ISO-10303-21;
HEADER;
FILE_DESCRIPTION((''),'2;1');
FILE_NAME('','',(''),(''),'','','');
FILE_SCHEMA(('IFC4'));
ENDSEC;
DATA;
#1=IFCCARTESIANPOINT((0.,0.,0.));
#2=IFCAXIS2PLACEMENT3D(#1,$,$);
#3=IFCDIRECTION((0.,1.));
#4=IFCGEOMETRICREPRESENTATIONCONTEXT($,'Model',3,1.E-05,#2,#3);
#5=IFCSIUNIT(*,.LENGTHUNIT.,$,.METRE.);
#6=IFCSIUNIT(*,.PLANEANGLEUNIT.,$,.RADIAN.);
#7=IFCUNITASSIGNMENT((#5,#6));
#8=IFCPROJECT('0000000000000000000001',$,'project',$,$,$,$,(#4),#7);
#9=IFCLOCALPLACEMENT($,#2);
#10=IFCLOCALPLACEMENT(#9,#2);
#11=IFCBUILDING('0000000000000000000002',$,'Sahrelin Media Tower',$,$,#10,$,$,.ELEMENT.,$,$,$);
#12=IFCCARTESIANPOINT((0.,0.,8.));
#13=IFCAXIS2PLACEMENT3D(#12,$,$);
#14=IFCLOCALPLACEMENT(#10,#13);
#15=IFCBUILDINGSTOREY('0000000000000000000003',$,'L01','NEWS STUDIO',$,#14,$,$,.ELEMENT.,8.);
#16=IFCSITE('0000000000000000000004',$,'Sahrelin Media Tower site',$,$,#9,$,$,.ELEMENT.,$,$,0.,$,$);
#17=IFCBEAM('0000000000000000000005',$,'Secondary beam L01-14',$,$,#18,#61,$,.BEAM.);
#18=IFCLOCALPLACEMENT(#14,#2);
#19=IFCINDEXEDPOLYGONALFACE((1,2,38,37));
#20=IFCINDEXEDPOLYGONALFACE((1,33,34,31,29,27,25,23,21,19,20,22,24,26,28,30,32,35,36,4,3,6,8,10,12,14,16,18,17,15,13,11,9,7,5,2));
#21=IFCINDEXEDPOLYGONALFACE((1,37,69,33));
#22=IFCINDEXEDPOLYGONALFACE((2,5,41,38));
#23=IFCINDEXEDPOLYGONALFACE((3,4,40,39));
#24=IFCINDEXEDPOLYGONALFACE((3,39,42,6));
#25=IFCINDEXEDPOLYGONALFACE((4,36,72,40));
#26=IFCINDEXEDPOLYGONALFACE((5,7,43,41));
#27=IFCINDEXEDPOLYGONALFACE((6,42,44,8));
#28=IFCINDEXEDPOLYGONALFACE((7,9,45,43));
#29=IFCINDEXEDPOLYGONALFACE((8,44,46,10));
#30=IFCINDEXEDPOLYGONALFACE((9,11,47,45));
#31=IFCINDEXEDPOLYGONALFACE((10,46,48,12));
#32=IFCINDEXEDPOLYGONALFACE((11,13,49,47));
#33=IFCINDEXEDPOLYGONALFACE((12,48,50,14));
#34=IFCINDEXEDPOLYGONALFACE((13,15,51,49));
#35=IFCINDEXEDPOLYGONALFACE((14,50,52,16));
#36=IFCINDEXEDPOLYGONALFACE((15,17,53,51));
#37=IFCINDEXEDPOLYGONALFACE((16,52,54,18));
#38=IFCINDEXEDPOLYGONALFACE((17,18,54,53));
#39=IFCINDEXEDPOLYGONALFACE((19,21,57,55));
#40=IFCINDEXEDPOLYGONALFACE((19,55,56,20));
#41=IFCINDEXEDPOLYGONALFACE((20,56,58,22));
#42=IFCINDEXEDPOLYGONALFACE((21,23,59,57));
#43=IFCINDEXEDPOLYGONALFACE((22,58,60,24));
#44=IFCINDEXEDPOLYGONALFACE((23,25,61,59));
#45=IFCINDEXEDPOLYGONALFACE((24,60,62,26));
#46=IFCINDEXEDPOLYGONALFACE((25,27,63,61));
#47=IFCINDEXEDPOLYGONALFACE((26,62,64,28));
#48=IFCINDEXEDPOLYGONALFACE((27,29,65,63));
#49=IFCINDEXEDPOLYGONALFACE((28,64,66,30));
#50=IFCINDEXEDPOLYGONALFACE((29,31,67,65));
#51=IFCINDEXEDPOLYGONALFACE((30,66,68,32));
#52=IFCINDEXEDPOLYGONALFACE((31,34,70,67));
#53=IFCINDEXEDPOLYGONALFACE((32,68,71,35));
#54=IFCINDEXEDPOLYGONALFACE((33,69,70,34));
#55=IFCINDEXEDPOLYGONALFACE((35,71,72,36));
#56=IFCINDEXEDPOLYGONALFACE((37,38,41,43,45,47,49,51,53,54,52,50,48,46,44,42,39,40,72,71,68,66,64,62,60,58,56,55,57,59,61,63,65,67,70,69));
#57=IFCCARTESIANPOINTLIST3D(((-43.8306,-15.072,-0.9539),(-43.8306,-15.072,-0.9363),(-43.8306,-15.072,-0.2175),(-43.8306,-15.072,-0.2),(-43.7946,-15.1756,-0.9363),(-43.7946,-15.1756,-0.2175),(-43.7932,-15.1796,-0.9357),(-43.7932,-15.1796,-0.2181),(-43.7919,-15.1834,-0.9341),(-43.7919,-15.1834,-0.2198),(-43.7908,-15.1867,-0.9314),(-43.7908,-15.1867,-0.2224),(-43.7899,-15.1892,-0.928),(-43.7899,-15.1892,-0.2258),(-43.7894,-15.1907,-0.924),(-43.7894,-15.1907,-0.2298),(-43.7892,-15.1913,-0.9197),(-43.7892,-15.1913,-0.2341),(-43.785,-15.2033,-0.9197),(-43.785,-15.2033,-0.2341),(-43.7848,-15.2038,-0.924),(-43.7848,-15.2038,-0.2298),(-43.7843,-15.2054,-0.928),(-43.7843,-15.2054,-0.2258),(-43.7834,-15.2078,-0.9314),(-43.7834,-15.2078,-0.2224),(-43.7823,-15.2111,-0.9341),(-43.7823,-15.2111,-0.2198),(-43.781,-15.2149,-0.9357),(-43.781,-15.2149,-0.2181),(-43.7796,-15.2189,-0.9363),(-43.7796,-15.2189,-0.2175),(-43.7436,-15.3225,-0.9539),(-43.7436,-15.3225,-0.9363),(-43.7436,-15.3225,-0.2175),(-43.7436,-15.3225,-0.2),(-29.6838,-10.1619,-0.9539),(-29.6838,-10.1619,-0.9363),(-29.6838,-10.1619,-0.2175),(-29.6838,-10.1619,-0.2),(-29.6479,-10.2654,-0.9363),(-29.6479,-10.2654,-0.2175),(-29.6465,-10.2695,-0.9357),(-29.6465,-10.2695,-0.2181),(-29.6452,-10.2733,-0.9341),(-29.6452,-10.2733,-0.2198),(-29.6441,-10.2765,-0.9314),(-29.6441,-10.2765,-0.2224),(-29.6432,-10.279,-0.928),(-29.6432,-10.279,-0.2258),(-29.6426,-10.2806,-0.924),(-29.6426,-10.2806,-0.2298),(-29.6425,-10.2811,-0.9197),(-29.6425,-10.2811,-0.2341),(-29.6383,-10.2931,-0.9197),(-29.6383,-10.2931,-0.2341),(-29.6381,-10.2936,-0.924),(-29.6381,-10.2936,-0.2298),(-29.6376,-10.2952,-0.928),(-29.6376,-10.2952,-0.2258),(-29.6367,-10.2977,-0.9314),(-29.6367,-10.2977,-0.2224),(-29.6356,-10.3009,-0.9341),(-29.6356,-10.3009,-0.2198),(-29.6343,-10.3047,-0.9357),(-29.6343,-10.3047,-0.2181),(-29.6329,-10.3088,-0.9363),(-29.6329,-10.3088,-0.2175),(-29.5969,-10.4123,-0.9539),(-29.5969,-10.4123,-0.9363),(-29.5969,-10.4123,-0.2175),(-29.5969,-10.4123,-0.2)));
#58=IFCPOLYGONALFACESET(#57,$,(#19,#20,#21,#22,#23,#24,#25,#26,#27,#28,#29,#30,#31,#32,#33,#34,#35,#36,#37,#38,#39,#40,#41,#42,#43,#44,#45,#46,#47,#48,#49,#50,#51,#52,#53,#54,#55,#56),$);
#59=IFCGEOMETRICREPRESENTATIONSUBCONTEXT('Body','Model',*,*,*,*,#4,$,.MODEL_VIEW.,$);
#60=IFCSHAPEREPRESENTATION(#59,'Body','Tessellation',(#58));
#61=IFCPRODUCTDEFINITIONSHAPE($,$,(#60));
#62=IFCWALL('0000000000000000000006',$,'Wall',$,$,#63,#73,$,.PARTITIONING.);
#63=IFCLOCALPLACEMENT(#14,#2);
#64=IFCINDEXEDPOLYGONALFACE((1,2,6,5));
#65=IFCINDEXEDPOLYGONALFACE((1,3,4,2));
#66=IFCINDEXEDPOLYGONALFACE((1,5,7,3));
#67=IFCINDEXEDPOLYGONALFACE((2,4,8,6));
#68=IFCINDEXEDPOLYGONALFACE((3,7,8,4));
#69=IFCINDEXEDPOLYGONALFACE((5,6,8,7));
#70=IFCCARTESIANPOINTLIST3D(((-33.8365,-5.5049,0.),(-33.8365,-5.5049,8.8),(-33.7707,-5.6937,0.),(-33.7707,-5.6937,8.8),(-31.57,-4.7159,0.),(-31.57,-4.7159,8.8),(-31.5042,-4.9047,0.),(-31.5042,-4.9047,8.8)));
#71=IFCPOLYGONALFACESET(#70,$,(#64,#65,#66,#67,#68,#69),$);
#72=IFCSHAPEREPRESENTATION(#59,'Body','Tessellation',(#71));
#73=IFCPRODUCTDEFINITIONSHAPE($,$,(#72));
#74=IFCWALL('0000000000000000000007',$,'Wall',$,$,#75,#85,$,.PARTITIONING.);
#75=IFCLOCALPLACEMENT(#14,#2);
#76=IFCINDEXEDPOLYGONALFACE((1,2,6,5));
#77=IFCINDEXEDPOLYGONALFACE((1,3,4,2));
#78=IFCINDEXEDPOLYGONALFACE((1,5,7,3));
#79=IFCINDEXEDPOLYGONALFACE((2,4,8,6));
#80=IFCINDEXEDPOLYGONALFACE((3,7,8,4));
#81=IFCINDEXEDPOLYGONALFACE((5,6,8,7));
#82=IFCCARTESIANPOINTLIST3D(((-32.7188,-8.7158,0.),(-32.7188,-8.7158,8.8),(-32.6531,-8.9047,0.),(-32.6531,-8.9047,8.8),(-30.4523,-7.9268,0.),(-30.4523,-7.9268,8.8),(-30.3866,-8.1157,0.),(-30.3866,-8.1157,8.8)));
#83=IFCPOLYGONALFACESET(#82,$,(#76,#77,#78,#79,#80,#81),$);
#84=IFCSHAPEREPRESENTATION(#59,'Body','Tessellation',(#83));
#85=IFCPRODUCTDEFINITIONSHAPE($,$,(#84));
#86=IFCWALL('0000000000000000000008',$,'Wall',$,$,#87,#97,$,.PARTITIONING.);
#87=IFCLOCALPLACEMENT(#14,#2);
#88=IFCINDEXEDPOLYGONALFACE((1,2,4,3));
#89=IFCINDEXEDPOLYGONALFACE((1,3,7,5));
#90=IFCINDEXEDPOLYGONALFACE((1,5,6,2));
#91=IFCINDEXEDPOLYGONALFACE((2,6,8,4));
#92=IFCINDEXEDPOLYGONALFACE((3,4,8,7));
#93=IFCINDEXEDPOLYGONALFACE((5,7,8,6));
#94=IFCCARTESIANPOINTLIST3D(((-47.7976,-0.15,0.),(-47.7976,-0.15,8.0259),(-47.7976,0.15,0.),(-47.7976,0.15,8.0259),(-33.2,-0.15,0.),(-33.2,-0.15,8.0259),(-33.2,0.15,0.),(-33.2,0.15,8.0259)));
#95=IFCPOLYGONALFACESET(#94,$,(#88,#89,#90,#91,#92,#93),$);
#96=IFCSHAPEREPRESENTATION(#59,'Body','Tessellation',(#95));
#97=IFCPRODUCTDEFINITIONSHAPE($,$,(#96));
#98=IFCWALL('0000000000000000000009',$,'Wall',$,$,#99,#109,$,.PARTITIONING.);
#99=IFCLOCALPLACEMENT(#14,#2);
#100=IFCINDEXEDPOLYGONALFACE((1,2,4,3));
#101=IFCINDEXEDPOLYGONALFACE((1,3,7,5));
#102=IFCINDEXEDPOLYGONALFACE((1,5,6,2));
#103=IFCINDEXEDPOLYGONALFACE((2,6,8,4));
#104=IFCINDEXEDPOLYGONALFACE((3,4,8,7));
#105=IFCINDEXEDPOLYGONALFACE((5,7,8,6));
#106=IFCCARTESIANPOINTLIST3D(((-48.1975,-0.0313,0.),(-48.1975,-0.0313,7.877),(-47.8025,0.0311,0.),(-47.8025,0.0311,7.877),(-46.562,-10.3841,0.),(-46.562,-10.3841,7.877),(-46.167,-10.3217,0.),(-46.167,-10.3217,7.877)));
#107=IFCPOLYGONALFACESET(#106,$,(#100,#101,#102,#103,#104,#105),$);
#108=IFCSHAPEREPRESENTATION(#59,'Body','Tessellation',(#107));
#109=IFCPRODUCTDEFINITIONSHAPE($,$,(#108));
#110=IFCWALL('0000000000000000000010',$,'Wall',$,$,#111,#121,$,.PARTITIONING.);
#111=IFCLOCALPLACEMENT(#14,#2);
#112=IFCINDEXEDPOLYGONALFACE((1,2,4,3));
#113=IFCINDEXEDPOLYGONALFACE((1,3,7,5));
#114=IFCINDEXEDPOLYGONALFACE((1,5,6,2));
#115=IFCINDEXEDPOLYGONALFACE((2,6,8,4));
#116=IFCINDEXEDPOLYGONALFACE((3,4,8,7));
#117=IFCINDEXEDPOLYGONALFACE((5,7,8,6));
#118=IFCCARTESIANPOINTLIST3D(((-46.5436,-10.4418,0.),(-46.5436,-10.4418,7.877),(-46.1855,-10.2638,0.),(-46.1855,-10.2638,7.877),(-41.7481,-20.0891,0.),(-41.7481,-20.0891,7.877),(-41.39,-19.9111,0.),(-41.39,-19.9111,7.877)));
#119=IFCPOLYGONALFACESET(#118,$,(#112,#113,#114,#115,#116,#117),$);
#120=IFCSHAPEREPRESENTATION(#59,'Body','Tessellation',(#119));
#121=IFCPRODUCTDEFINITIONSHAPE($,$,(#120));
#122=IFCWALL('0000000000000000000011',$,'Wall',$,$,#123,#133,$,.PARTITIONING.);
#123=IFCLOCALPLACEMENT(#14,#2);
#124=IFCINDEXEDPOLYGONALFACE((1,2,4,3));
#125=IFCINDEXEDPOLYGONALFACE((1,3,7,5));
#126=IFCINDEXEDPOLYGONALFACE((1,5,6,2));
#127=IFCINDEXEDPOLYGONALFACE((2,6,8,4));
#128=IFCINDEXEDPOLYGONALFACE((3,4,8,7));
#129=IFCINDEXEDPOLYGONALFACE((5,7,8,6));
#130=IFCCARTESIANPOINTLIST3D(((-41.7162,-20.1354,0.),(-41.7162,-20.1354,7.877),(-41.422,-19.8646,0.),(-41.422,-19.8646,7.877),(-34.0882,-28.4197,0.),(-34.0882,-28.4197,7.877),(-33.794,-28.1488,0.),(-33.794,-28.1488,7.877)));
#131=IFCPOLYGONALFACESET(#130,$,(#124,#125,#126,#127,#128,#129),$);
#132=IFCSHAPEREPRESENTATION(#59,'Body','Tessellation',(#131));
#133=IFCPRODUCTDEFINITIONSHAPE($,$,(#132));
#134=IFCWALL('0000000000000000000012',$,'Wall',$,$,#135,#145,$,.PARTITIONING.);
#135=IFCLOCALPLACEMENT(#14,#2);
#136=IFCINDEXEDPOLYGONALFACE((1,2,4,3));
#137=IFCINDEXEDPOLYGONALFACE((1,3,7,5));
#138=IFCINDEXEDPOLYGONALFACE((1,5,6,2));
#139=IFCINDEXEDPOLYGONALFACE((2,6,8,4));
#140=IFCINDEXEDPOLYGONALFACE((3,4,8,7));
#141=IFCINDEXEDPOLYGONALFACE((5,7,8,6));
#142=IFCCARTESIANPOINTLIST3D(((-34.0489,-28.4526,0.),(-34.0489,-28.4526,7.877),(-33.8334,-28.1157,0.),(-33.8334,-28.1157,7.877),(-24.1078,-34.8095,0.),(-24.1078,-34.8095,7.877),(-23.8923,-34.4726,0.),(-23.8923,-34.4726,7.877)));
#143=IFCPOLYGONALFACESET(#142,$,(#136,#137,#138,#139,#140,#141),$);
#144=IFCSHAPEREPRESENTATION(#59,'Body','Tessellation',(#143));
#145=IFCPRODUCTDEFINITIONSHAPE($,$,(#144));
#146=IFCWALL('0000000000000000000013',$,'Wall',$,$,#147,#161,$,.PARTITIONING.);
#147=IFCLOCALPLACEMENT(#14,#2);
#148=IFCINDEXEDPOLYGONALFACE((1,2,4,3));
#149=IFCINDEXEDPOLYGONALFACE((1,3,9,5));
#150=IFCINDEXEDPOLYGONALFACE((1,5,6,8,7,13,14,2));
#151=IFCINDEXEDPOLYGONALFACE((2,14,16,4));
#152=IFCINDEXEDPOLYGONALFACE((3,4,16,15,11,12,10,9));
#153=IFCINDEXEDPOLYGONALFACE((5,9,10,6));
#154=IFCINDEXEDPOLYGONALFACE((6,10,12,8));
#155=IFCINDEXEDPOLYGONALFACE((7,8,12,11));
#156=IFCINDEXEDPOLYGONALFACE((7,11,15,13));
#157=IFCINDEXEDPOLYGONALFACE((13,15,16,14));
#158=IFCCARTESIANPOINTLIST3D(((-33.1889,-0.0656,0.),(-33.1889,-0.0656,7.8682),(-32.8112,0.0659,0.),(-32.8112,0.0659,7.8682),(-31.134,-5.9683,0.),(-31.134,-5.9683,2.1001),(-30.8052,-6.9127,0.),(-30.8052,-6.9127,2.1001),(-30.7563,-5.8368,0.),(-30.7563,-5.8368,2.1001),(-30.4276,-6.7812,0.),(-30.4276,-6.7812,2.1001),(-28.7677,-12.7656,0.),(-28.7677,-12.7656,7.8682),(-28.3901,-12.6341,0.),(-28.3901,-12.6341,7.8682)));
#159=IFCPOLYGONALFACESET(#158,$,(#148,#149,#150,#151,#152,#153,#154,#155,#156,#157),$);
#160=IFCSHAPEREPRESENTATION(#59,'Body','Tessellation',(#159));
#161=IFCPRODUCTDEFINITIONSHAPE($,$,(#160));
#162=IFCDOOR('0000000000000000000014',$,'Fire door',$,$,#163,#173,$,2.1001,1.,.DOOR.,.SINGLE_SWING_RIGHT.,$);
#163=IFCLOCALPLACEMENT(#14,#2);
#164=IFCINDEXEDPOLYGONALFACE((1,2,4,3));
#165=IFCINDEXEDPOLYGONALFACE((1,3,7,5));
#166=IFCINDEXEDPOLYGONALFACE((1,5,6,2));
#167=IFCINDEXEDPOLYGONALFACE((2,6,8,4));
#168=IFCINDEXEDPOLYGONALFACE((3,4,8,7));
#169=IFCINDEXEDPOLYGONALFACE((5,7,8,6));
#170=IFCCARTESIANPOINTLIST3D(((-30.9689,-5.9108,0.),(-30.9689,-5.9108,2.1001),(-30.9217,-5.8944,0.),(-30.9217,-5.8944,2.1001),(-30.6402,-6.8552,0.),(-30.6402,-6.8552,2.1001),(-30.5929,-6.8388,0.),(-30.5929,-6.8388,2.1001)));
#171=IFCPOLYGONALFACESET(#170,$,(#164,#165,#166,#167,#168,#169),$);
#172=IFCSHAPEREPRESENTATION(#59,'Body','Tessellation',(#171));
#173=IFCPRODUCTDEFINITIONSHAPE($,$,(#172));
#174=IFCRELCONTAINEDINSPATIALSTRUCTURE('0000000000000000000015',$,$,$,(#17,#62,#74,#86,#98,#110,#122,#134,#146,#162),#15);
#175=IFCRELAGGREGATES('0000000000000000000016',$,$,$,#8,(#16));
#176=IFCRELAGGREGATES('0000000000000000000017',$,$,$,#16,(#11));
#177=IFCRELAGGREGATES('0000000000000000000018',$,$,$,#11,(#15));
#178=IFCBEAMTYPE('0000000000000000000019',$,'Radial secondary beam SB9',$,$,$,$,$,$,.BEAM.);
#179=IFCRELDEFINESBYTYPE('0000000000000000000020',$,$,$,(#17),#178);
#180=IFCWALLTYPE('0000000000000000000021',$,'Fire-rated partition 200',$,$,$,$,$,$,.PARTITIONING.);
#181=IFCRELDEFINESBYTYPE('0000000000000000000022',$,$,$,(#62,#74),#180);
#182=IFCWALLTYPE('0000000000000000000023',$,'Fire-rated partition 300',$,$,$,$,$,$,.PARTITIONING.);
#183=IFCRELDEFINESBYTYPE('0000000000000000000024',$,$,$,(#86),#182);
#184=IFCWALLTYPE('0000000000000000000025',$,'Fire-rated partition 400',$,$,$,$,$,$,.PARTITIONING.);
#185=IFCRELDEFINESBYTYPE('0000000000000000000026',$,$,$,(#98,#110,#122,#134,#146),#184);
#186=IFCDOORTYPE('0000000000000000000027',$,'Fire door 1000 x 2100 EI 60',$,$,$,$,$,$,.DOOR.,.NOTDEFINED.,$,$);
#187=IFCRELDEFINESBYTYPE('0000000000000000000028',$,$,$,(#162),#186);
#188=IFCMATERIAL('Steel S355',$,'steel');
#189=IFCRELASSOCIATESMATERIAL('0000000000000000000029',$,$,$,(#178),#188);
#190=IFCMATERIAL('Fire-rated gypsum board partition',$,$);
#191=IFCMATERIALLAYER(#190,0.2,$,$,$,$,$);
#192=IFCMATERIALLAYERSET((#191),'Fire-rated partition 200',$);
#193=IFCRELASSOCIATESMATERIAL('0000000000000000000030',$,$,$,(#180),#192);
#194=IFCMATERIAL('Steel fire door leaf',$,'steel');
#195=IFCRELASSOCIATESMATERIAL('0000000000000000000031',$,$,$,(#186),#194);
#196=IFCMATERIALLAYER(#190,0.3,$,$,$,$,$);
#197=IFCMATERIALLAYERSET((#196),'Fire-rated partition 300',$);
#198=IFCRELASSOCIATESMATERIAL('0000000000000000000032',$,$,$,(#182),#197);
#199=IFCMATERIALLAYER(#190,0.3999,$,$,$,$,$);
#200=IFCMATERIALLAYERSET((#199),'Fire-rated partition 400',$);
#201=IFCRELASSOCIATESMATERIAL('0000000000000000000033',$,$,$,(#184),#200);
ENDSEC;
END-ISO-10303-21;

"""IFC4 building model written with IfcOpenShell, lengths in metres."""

from ifc_helpers import new_model, si_unit, direction, frame, frame_2d, origin, origin_2d, place, context, subcontext, project, spatial, rectangle, i_section, extrude, material, layer, layer_set, material_profile, profile_set, type_object, element, fill, save


model = new_model("IFC4")

# Units and contexts
model_context = context("Model", 3, precision=1e-05, world=origin(), true_north=direction((0.0, 1.0)))
body_context = subcontext(model_context, "Body", "Model", "MODEL_VIEW")
ifc_project = project(units=[si_unit("LENGTHUNIT", "METRE"), si_unit("PLANEANGLEUNIT", "RADIAN")], contexts=[model_context])

# Site, building, storey
site_placement = place(None, origin())
site = spatial("IfcSite", under=ifc_project, at=site_placement, Name="Sahrelin Media Tower site", CompositionType="ELEMENT", RefElevation=0.0)
building_placement = place(site_placement, origin())
building = spatial("IfcBuilding", under=site, at=building_placement, Name="Sahrelin Media Tower", CompositionType="ELEMENT")
storey_placement = place(building_placement, frame((0.0, 0.0, 8.0)))
storey = spatial("IfcBuildingStorey", under=building, at=storey_placement, Name="L01", Description="NEWS STUDIO", CompositionType="ELEMENT", Elevation=8.0)

# Beam
ifc_material_1 = material(Name="Steel S355", Category="steel")
ifc_material_profile_1 = material_profile(ifc_material_1, i_section(OverallWidth=0.2651, OverallDepth=0.7539, WebThickness=0.0127, FlangeThickness=0.0176, FilletRadius=0.0166, at=origin_2d()), Name="UB 762x267x147")
ifc_profile_set_1 = profile_set([ifc_material_profile_1], Name="Steel S355")
beam_type_1 = type_object("IfcBeamType", Name="Radial secondary beam SB9", PredefinedType="BEAM", material=ifc_profile_set_1)
beam_1_placement = place(storey_placement, frame((-29.6404, -10.2871, -0.5769), z_axis=(-0.944713, -0.327898, 0.0), x_axis=(0.327898, -0.944713, 0.0)))
element("IfcBeam", 1, at=beam_1_placement, inside=storey, type_object=beam_type_1, Name="Secondary beam L01-14", PredefinedType="BEAM", context=body_context, shape_type="SweptSolid", body=[
    extrude(i_section(OverallWidth=0.2651, OverallDepth=0.7539, WebThickness=0.0127, FlangeThickness=0.0176, FilletRadius=0.0166, at=origin_2d()), origin(), (0.0, 0.0, 1.0), 14.9746),
])

# Walls
ifc_material_2 = material(Name="Fire-rated gypsum board partition")
ifc_layer_1 = layer(ifc_material_2, 0.2)
ifc_layer_set_1 = layer_set([ifc_layer_1], Name="Fire-rated partition 200")
wall_type_1 = type_object("IfcWallType", Name="Fire-rated partition 200", PredefinedType="PARTITIONING", material=ifc_layer_set_1)
for number, where, z_axis, x_axis, name in (
    (2, (-31.5371, -4.8103, 0.0), (0.0, 0.0, 1.0), (-0.944409, -0.328773, 0.0), "Wall"),
    (3, (-30.4194, -8.0212, 0.0), (0.0, 0.0, 1.0), (-0.944409, -0.328773, 0.0), "Wall"),
):
    element("IfcWall", number, at=place(storey_placement, frame(where, z_axis=z_axis, x_axis=x_axis)), inside=storey, type_object=wall_type_1, Name=name, PredefinedType="PARTITIONING", context=body_context, shape_type="SweptSolid", body=[
        extrude(rectangle(XDim=2.3999, YDim=0.2, at=frame_2d((1.2, 0.0))), origin(), (0.0, 0.0, 1.0), 8.8),
    ])

# Shared definitions
ifc_material_3 = material(Name="Steel fire door leaf", Category="steel")
door_type = type_object("IfcDoorType", Name="Fire door 1000 x 2100 EI 60", OperationType="NOTDEFINED", PredefinedType="DOOR", material=ifc_material_3)

# Walls
ifc_layer_2 = layer(ifc_material_2, 0.3)
ifc_layer_set_2 = layer_set([ifc_layer_2], Name="Fire-rated partition 300")
wall_type_2 = type_object("IfcWallType", Name="Fire-rated partition 300", PredefinedType="PARTITIONING", material=ifc_layer_set_2)
wall_1_placement = place(storey_placement, frame((-33.2, 0.0, 0.0), z_axis=(0.0, 0.0, 1.0), x_axis=(-1.0, 0.0, 0.0)))
element("IfcWall", 4, at=wall_1_placement, inside=storey, type_object=wall_type_2, Name="Wall", PredefinedType="PARTITIONING", context=body_context, shape_type="SweptSolid", body=[
    extrude(rectangle(XDim=14.5977, YDim=0.3, at=frame_2d((7.2988, 0.0))), origin(), (0.0, 0.0, 1.0), 8.0259),
])
ifc_layer_3 = layer(ifc_material_2, 0.3999)
ifc_layer_set_3 = layer_set([ifc_layer_3], Name="Fire-rated partition 400")
wall_type_3 = type_object("IfcWallType", Name="Fire-rated partition 400", PredefinedType="PARTITIONING", material=ifc_layer_set_3)
wall_2_placement = place(storey_placement, frame((-48.0, 0.0, 0.0), z_axis=(0.0, 0.0, 1.0), x_axis=(0.156042, -0.98775, 0.0)))
element("IfcWall", 5, at=wall_2_placement, inside=storey, type_object=wall_type_3, Name="Wall", PredefinedType="PARTITIONING", context=body_context, shape_type="SweptSolid", body=[
    extrude(rectangle(XDim=10.4812, YDim=0.3999, at=frame_2d((5.2407, 0.0))), origin(), (0.0, 0.0, 1.0), 7.877),
])
wall_3_placement = place(storey_placement, frame((-46.3645, -10.3528, 0.0), z_axis=(0.0, 0.0, 1.0), x_axis=(0.445118, -0.895472, 0.0)))
element("IfcWall", 6, at=wall_3_placement, inside=storey, type_object=wall_type_3, Name="Wall", PredefinedType="PARTITIONING", context=body_context, shape_type="SweptSolid", body=[
    extrude(rectangle(XDim=10.7734, YDim=0.3999, at=frame_2d((5.3867, 0.0))), origin(), (0.0, 0.0, 1.0), 7.877),
])
wall_4_placement = place(storey_placement, frame((-41.5691, -20.0, 0.0), z_axis=(0.0, 0.0, 1.0), x_axis=(0.677368, -0.735644, 0.0)))
element("IfcWall", 7, at=wall_4_placement, inside=storey, type_object=wall_type_3, Name="Wall", PredefinedType="PARTITIONING", context=body_context, shape_type="SweptSolid", body=[
    extrude(rectangle(XDim=11.2612, YDim=0.3999, at=frame_2d((5.6306, 0.0))), origin(), (0.0, 0.0, 1.0), 7.877),
])
wall_5_placement = place(storey_placement, frame((-33.9412, -28.2842, 0.0), z_axis=(0.0, 0.0, 1.0), x_axis=(0.84248, -0.538728, 0.0)))
element("IfcWall", 8, at=wall_5_placement, inside=storey, type_object=wall_type_3, Name="Wall", PredefinedType="PARTITIONING", context=body_context, shape_type="SweptSolid", body=[
    extrude(rectangle(XDim=11.7998, YDim=0.3999, at=frame_2d((5.8999, 0.0))), origin(), (0.0, 0.0, 1.0), 7.877),
])

# Wall, opening, door
wall_6_placement = place(storey_placement, frame((-33.0, 0.0, 0.0), z_axis=(0.0, 0.0, 1.0), x_axis=(0.328771, -0.94441, 0.0)))
wall_6 = element("IfcWall", 9, at=wall_6_placement, inside=storey, type_object=wall_type_3, Name="Wall", PredefinedType="PARTITIONING", context=body_context, shape_type="SweptSolid", body=[
    extrude(rectangle(XDim=13.4475, YDim=0.3999, at=frame_2d((6.7236, 0.0))), origin(), (0.0, 0.0, 1.0), 7.8682),
])
opening_1_placement = place(wall_6_placement, frame((6.25, 0.0, 0.0)))
opening_1 = element("IfcOpeningElement", 10, at=opening_1_placement, cuts=wall_6, PredefinedType="OPENING", context=body_context, shape_type="SweptSolid", body=[
    extrude(rectangle(XDim=1.0, YDim=2.1001, at=frame_2d((0.5, 1.05))), frame((0.0, 0.2, 0.0), z_axis=(0.0, -1.0, 0.0), x_axis=(1.0, 0.0, 0.0)), (0.0, 0.0, 1.0), 0.3999),
])
door_1_placement = place(opening_1_placement, origin())
door_1 = element("IfcDoor", 11, at=door_1_placement, inside=storey, type_object=door_type, Name="Fire door", OperationType="SINGLE_SWING_RIGHT", OverallHeight=2.1001, OverallWidth=1.0, PredefinedType="DOOR", context=body_context, shape_type="SweptSolid", body=[
    extrude(rectangle(XDim=1.0, YDim=2.1001, at=frame_2d((0.5, 1.05))), frame((0.0, 0.0249, 0.0), z_axis=(0.0, -1.0, 0.0), x_axis=(1.0, 0.0, 0.0)), (0.0, 0.0, 1.0), 0.05),
])
fill(opening_1, door_1)

save(model, "model.ifc")
